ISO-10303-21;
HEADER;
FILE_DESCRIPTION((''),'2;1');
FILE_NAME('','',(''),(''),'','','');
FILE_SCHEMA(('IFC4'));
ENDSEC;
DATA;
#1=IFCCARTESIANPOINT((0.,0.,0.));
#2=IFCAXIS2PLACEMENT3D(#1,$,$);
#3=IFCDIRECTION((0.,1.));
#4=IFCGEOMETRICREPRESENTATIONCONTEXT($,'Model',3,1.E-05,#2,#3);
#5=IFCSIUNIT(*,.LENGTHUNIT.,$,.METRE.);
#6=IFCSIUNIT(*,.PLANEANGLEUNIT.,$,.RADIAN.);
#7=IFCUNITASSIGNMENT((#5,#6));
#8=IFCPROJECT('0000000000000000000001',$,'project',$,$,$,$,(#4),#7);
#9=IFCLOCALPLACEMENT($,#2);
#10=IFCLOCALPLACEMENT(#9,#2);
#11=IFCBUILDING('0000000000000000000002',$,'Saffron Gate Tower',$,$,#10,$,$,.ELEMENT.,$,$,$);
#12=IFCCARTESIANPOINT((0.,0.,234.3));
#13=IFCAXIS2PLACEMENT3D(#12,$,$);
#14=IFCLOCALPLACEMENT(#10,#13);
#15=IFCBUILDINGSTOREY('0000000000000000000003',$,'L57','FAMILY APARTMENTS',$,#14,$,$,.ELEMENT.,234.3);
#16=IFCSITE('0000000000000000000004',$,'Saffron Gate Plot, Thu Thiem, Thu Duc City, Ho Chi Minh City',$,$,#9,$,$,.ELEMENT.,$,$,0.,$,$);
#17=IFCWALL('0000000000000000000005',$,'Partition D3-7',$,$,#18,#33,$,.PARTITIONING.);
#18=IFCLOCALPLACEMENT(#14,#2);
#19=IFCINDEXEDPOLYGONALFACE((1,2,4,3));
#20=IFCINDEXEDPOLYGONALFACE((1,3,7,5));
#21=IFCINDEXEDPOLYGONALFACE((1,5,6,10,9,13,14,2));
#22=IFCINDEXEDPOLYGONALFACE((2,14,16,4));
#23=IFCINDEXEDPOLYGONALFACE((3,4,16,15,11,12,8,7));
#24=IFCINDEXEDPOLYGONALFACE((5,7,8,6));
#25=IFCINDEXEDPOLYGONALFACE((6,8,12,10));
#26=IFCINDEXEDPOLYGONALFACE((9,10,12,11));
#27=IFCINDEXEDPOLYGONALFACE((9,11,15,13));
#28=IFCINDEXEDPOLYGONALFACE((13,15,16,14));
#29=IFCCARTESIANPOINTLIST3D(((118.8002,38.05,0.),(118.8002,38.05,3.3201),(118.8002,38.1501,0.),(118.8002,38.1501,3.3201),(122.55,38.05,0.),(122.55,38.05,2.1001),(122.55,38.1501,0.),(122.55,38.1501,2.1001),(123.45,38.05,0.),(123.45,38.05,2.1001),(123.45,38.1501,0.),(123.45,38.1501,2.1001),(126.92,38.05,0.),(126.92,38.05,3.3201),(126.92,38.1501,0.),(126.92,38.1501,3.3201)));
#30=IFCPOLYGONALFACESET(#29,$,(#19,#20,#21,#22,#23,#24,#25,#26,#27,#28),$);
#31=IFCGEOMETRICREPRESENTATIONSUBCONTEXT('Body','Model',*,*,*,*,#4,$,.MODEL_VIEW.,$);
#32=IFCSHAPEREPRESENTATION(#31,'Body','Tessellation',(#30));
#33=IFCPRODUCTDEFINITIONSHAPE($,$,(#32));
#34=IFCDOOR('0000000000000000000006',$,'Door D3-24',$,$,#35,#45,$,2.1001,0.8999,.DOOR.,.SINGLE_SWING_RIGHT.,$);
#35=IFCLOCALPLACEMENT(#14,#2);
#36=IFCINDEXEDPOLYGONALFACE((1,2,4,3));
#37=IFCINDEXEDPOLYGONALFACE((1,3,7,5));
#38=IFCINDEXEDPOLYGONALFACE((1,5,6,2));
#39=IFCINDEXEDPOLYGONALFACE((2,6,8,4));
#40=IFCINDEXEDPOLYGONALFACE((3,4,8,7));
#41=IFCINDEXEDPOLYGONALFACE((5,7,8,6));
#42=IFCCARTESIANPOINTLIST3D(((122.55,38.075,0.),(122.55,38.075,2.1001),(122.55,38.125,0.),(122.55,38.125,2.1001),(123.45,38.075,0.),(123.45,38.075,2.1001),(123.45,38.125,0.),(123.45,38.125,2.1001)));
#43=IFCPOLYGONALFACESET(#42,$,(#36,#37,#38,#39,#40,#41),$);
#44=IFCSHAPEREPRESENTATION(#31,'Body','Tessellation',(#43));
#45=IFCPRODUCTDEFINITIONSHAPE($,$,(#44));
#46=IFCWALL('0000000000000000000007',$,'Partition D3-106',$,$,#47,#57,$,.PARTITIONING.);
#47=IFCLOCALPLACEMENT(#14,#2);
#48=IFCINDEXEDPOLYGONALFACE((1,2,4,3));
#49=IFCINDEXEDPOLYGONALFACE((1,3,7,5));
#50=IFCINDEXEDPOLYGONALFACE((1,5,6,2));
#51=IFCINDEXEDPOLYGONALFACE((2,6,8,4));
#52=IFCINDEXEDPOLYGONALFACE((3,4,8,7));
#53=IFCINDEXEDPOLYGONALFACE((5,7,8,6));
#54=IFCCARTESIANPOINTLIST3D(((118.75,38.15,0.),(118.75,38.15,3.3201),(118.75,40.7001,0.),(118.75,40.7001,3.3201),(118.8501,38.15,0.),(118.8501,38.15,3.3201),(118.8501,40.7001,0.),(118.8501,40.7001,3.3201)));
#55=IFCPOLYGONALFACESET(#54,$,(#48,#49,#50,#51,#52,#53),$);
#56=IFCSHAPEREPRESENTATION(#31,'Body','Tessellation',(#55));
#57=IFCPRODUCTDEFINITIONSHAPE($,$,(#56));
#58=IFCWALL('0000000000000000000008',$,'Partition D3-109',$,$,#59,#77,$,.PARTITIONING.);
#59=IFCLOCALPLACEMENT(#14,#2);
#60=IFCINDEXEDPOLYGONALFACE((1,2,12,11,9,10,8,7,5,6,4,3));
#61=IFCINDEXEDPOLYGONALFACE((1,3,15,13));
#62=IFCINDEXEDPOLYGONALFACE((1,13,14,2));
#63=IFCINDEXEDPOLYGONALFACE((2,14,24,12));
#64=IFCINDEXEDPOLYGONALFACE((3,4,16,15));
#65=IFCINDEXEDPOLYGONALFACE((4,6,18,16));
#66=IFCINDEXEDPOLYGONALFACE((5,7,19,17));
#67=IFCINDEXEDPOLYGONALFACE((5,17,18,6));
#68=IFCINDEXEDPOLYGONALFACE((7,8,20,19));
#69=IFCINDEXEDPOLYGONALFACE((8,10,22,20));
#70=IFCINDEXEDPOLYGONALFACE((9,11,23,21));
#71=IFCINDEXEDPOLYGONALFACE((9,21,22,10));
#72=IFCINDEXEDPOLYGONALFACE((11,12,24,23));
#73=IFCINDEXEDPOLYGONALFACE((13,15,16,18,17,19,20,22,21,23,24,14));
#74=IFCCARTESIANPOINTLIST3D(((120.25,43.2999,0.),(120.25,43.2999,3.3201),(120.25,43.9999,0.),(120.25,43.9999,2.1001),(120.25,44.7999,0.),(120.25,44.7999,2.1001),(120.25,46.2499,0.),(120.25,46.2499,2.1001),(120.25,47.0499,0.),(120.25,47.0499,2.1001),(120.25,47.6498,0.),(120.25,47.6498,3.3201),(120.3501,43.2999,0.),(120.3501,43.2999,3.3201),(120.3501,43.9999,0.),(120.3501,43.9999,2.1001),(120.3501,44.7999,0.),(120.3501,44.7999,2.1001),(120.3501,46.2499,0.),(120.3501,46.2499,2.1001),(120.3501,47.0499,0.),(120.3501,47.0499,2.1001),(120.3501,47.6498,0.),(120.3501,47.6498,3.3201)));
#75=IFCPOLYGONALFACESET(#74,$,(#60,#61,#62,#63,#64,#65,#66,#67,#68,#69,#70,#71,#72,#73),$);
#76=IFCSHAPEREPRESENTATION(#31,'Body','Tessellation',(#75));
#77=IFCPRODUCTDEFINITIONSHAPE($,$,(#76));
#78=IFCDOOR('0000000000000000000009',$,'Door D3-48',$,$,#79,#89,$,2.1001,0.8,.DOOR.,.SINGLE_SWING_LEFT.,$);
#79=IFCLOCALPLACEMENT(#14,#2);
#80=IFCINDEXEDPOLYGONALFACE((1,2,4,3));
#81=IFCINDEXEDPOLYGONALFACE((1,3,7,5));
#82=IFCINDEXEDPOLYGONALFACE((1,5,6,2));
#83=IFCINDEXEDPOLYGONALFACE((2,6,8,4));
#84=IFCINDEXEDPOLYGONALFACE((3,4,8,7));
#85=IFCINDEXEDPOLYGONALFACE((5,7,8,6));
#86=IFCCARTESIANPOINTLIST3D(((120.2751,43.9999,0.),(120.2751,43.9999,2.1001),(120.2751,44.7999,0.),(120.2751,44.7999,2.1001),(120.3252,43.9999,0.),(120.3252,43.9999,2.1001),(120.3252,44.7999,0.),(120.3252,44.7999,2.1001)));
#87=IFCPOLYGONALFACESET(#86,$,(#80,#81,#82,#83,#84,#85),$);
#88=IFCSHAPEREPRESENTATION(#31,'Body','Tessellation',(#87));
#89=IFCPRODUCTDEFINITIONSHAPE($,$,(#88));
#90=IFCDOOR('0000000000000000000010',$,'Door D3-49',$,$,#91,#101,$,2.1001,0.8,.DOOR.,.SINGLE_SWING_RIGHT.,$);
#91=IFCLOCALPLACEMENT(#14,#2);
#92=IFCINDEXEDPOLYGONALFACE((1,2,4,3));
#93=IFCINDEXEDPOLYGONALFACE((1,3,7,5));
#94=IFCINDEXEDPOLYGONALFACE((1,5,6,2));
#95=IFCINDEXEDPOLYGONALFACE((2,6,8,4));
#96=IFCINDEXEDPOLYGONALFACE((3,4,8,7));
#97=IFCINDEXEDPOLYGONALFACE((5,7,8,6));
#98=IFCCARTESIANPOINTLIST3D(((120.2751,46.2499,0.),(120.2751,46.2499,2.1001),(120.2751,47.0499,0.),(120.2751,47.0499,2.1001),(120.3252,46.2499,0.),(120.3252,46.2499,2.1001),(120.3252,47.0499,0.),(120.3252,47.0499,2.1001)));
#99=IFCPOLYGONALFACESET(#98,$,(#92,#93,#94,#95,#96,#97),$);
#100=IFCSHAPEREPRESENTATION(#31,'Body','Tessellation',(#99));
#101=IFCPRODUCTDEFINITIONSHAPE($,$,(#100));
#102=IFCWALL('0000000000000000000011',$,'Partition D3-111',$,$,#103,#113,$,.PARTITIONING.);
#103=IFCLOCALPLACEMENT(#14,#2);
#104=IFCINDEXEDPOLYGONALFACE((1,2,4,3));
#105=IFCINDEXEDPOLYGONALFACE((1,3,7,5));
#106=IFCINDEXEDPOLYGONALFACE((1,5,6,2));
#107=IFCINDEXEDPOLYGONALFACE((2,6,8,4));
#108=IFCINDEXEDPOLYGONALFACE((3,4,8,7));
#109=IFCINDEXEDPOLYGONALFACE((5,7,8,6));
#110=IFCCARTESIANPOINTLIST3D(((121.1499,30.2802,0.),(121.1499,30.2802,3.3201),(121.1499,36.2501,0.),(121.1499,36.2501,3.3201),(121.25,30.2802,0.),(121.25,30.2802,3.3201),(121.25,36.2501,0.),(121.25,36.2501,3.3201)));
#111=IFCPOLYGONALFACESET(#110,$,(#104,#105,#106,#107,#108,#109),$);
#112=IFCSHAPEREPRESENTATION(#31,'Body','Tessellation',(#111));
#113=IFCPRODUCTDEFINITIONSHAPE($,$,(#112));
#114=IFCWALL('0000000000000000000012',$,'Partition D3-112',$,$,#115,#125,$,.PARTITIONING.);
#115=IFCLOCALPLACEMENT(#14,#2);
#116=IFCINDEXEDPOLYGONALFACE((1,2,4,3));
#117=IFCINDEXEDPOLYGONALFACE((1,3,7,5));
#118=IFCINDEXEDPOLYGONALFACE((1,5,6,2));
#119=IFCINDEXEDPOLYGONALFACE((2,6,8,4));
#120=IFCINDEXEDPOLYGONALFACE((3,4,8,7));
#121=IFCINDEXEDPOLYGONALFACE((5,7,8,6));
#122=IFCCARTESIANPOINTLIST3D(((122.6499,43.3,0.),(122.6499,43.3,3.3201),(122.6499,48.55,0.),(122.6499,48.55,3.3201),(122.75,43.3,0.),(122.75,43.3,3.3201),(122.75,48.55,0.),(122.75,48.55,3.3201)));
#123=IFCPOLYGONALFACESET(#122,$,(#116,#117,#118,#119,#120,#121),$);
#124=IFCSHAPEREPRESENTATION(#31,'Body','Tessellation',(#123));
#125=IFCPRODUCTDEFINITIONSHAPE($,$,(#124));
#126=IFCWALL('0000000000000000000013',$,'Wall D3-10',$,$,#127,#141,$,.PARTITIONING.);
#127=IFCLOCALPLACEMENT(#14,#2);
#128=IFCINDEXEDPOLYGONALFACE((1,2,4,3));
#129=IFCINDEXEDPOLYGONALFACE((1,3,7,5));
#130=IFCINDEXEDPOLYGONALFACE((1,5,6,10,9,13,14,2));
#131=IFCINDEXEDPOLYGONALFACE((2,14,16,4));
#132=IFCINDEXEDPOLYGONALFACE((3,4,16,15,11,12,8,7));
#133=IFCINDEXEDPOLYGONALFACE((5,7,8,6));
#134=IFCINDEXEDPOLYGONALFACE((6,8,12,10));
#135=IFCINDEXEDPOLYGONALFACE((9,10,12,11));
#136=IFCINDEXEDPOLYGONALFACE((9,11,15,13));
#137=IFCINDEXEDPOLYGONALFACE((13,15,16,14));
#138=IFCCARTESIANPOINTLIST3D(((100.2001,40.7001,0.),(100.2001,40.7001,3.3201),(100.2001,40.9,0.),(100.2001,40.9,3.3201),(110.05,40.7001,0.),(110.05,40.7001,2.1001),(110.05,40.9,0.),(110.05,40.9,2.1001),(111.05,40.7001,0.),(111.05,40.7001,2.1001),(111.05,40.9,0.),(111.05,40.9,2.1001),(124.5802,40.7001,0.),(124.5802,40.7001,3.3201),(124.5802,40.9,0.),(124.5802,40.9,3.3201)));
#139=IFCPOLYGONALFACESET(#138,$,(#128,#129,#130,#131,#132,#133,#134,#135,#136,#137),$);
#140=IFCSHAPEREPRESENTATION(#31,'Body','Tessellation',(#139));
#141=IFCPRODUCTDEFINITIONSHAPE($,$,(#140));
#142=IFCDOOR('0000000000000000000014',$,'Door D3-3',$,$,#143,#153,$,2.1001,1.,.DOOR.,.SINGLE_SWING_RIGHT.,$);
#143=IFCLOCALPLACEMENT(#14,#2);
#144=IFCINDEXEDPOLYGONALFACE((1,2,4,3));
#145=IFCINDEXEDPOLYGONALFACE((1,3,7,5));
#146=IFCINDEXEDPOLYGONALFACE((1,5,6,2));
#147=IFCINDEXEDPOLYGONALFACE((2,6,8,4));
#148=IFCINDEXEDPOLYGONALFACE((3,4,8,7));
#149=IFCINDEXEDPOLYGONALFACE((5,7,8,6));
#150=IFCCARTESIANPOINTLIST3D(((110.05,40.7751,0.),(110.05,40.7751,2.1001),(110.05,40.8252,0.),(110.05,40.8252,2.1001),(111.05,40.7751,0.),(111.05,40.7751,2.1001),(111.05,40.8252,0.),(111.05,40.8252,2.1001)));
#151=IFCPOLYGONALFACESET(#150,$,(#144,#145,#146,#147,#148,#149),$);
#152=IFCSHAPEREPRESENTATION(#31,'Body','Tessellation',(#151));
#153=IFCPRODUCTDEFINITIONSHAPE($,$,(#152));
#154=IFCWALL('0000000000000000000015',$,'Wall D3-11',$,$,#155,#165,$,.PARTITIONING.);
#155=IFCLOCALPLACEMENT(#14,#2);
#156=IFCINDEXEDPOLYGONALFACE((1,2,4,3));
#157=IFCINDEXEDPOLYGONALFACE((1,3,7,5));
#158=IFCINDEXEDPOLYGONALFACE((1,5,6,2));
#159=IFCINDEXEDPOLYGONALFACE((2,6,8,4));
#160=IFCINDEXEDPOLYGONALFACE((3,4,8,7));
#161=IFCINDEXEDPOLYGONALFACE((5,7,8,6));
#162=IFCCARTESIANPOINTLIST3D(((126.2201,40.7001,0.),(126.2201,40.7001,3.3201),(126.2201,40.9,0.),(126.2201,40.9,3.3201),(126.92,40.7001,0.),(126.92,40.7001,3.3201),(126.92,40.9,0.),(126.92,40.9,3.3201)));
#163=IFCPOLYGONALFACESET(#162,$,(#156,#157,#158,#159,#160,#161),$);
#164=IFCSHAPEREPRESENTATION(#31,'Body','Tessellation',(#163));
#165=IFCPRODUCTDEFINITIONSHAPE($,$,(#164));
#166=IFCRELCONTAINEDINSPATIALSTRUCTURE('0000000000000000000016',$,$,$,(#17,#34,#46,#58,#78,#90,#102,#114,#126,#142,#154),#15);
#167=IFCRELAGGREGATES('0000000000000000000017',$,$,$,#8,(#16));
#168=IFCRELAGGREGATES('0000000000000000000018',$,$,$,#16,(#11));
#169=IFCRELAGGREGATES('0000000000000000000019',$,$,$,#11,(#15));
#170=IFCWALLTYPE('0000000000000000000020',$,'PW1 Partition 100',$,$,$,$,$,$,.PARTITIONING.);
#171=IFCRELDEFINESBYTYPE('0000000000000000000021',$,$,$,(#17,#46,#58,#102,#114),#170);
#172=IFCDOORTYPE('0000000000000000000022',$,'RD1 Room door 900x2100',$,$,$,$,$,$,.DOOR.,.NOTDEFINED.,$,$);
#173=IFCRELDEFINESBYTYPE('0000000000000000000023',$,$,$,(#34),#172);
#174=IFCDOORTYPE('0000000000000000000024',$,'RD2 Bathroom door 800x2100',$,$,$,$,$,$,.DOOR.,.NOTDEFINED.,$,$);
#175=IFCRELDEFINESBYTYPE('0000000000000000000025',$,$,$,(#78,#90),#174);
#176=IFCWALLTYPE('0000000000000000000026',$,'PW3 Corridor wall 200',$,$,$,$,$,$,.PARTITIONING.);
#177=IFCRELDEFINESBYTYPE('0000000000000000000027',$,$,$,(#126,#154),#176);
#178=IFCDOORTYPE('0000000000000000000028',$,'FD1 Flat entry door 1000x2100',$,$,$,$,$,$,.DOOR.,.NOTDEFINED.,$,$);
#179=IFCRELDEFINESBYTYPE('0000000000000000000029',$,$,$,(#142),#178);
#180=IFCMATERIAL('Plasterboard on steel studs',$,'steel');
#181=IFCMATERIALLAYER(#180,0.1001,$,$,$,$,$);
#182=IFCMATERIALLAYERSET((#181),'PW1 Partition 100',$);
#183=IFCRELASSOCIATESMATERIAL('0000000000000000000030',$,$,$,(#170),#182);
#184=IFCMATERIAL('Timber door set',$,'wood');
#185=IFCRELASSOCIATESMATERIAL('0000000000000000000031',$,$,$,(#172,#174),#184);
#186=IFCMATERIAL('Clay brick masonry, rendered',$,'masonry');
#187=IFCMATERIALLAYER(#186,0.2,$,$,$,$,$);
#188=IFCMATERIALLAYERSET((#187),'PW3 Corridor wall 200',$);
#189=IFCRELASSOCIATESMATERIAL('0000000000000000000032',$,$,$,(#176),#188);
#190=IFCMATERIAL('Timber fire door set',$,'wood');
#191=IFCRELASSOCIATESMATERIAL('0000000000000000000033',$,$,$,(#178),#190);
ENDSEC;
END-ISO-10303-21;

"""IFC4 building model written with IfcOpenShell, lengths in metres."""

from ifc_helpers import new_model, si_unit, direction, frame, frame_2d, origin, place, context, subcontext, project, spatial, rectangle, extrude, material, layer, layer_set, type_object, element, fill, save


model = new_model("IFC4")

# Units and contexts
model_context = context("Model", 3, precision=1e-05, world=origin(), true_north=direction((0.0, 1.0)))
body_context = subcontext(model_context, "Body", "Model", "MODEL_VIEW")
ifc_project = project(units=[si_unit("LENGTHUNIT", "METRE"), si_unit("PLANEANGLEUNIT", "RADIAN")], contexts=[model_context])

# Site, building, storey
site_placement = place(None, origin())
site = spatial("IfcSite", under=ifc_project, at=site_placement, Name="Saffron Gate Plot, Thu Thiem, Thu Duc City, Ho Chi Minh City", CompositionType="ELEMENT", RefElevation=0.0)
building_placement = place(site_placement, origin())
building = spatial("IfcBuilding", under=site, at=building_placement, Name="Saffron Gate Tower", CompositionType="ELEMENT")
storey_placement = place(building_placement, frame((0.0, 0.0, 234.3)))
storey = spatial("IfcBuildingStorey", under=building, at=storey_placement, Name="L57", Description="FAMILY APARTMENTS", CompositionType="ELEMENT", Elevation=234.3)

# Shared definitions
ifc_material_1 = material(Name="Plasterboard on steel studs", Category="steel")
ifc_layer_1 = layer(ifc_material_1, 0.1001)
ifc_layer_set_1 = layer_set([ifc_layer_1], Name="PW1 Partition 100")
wall_type_1 = type_object("IfcWallType", Name="PW1 Partition 100", PredefinedType="PARTITIONING", material=ifc_layer_set_1)
ifc_material_2 = material(Name="Timber door set", Category="wood")
door_type_1 = type_object("IfcDoorType", Name="RD1 Room door 900x2100", OperationType="NOTDEFINED", PredefinedType="DOOR", material=ifc_material_2)

# Wall, opening, door
wall_1_placement = place(storey_placement, frame((118.8, 38.1001, 0.0), z_axis=(0.0, 0.0, 1.0), x_axis=(1.0, 0.0, 0.0)))
wall_1 = element("IfcWall", 1, at=wall_1_placement, inside=storey, type_object=wall_type_1, Name="Partition D3-7", PredefinedType="PARTITIONING", context=body_context, shape_type="SweptSolid", body=[
    extrude(rectangle(XDim=8.1199, YDim=0.1001, at=frame_2d((4.0601, 0.0))), origin(), (0.0, 0.0, 1.0), 3.3201),
])
opening_1_placement = place(wall_1_placement, frame((3.75, 0.0, 0.0)))
opening_1 = element("IfcOpeningElement", 2, at=opening_1_placement, cuts=wall_1, PredefinedType="OPENING", context=body_context, shape_type="SweptSolid", body=[
    extrude(rectangle(XDim=0.8999, YDim=2.1001, at=frame_2d((0.45, 1.05))), frame((0.0, 0.0601, 0.0), z_axis=(0.0, -1.0, 0.0), x_axis=(1.0, 0.0, 0.0)), (0.0, 0.0, 1.0), 0.1201),
])
door_1_placement = place(opening_1_placement, origin())
door_1 = element("IfcDoor", 3, at=door_1_placement, inside=storey, type_object=door_type_1, Name="Door D3-24", OperationType="SINGLE_SWING_RIGHT", OverallHeight=2.1001, OverallWidth=0.8999, PredefinedType="DOOR", context=body_context, shape_type="SweptSolid", body=[
    extrude(rectangle(XDim=0.8999, YDim=2.1001, at=frame_2d((0.45, 1.05))), frame((0.0, 0.0249, 0.0), z_axis=(0.0, -1.0, 0.0), x_axis=(1.0, 0.0, 0.0)), (0.0, 0.0, 1.0), 0.05),
])
fill(opening_1, door_1)

# Wall
wall_2_placement = place(storey_placement, frame((118.8, 40.7, 0.0), z_axis=(0.0, 0.0, 1.0), x_axis=(0.0, -1.0, 0.0)))
element("IfcWall", 4, at=wall_2_placement, inside=storey, type_object=wall_type_1, Name="Partition D3-106", PredefinedType="PARTITIONING", context=body_context, shape_type="SweptSolid", body=[
    extrude(rectangle(XDim=2.55, YDim=0.1001, at=frame_2d((1.2749, 0.0))), origin(), (0.0, 0.0, 1.0), 3.3201),
])

# Wall, openings, doors
wall_3_placement = place(storey_placement, frame((120.3, 43.3, 0.0), z_axis=(0.0, 0.0, 1.0), x_axis=(0.0, 1.0, 0.0)))
wall_3 = element("IfcWall", 5, at=wall_3_placement, inside=storey, type_object=wall_type_1, Name="Partition D3-109", PredefinedType="PARTITIONING", context=body_context, shape_type="SweptSolid", body=[
    extrude(rectangle(XDim=4.3499, YDim=0.1001, at=frame_2d((2.1748, 0.0))), origin(), (0.0, 0.0, 1.0), 3.3201),
])
opening_2_placement = place(wall_3_placement, frame((0.7, 0.0, 0.0)))
opening_2 = element("IfcOpeningElement", 6, at=opening_2_placement, cuts=wall_3, PredefinedType="OPENING", context=body_context, shape_type="SweptSolid", body=[
    extrude(rectangle(XDim=0.8, YDim=2.1001, at=frame_2d((0.3999, 1.05))), frame((0.0, 0.0601, 0.0), z_axis=(0.0, -1.0, 0.0), x_axis=(1.0, 0.0, 0.0)), (0.0, 0.0, 1.0), 0.1201),
])
opening_3_placement = place(wall_3_placement, frame((2.95, 0.0, 0.0)))
opening_3 = element("IfcOpeningElement", 7, at=opening_3_placement, cuts=wall_3, PredefinedType="OPENING", context=body_context, shape_type="SweptSolid", body=[
    extrude(rectangle(XDim=0.8, YDim=2.1001, at=frame_2d((0.3999, 1.05))), frame((0.0, 0.0601, 0.0), z_axis=(0.0, -1.0, 0.0), x_axis=(1.0, 0.0, 0.0)), (0.0, 0.0, 1.0), 0.1201),
])
door_type_2 = type_object("IfcDoorType", Name="RD2 Bathroom door 800x2100", OperationType="NOTDEFINED", PredefinedType="DOOR", material=ifc_material_2)
door_2_placement = place(opening_2_placement, origin())
door_2 = element("IfcDoor", 8, at=door_2_placement, inside=storey, type_object=door_type_2, Name="Door D3-48", OperationType="SINGLE_SWING_LEFT", OverallHeight=2.1001, OverallWidth=0.8, PredefinedType="DOOR", context=body_context, shape_type="SweptSolid", body=[
    extrude(rectangle(XDim=0.8, YDim=2.1001, at=frame_2d((0.3999, 1.05))), frame((0.0, 0.0249, 0.0), z_axis=(0.0, -1.0, 0.0), x_axis=(1.0, 0.0, 0.0)), (0.0, 0.0, 1.0), 0.05),
])
fill(opening_2, door_2)
door_3_placement = place(opening_3_placement, origin())
door_3 = element("IfcDoor", 9, at=door_3_placement, inside=storey, type_object=door_type_2, Name="Door D3-49", OperationType="SINGLE_SWING_RIGHT", OverallHeight=2.1001, OverallWidth=0.8, PredefinedType="DOOR", context=body_context, shape_type="SweptSolid", body=[
    extrude(rectangle(XDim=0.8, YDim=2.1001, at=frame_2d((0.3999, 1.05))), frame((0.0, 0.0249, 0.0), z_axis=(0.0, -1.0, 0.0), x_axis=(1.0, 0.0, 0.0)), (0.0, 0.0, 1.0), 0.05),
])
fill(opening_3, door_3)

# Walls
wall_4_placement = place(storey_placement, frame((121.2, 36.25, 0.0), z_axis=(0.0, 0.0, 1.0), x_axis=(0.0, -1.0, 0.0)))
element("IfcWall", 10, at=wall_4_placement, inside=storey, type_object=wall_type_1, Name="Partition D3-111", PredefinedType="PARTITIONING", context=body_context, shape_type="SweptSolid", body=[
    extrude(rectangle(XDim=5.97, YDim=0.1001, at=frame_2d((2.9849, 0.0))), origin(), (0.0, 0.0, 1.0), 3.3201),
])
wall_5_placement = place(storey_placement, frame((122.7, 48.55, 0.0), z_axis=(0.0, 0.0, 1.0), x_axis=(0.0, -1.0, 0.0)))
element("IfcWall", 11, at=wall_5_placement, inside=storey, type_object=wall_type_1, Name="Partition D3-112", PredefinedType="PARTITIONING", context=body_context, shape_type="SweptSolid", body=[
    extrude(rectangle(XDim=5.25, YDim=0.1001, at=frame_2d((2.625, 0.0))), origin(), (0.0, 0.0, 1.0), 3.3201),
])

# Wall, opening, door
ifc_material_3 = material(Name="Clay brick masonry, rendered", Category="masonry")
ifc_layer_2 = layer(ifc_material_3, 0.2)
ifc_layer_set_2 = layer_set([ifc_layer_2], Name="PW3 Corridor wall 200")
wall_type_2 = type_object("IfcWallType", Name="PW3 Corridor wall 200", PredefinedType="PARTITIONING", material=ifc_layer_set_2)
wall_6_placement = place(storey_placement, frame((124.5801, 40.8, 0.0), z_axis=(0.0, 0.0, 1.0), x_axis=(-1.0, 0.0, 0.0)))
wall_6 = element("IfcWall", 12, at=wall_6_placement, inside=storey, type_object=wall_type_2, Name="Wall D3-10", PredefinedType="PARTITIONING", context=body_context, shape_type="SweptSolid", body=[
    extrude(rectangle(XDim=24.3801, YDim=0.2, at=frame_2d((12.1899, 0.0))), origin(), (0.0, 0.0, 1.0), 3.3201),
])
opening_4_placement = place(wall_6_placement, frame((13.53, 0.0, 0.0)))
opening_4 = element("IfcOpeningElement", 13, at=opening_4_placement, cuts=wall_6, PredefinedType="OPENING", context=body_context, shape_type="SweptSolid", body=[
    extrude(rectangle(XDim=1.0, YDim=2.1001, at=frame_2d((0.5, 1.05))), frame((0.0, 0.1099, 0.0), z_axis=(0.0, -1.0, 0.0), x_axis=(1.0, 0.0, 0.0)), (0.0, 0.0, 1.0), 0.22),
])
ifc_material_4 = material(Name="Timber fire door set", Category="wood")
door_type_3 = type_object("IfcDoorType", Name="FD1 Flat entry door 1000x2100", OperationType="NOTDEFINED", PredefinedType="DOOR", material=ifc_material_4)
door_4_placement = place(opening_4_placement, origin())
door_4 = element("IfcDoor", 14, at=door_4_placement, inside=storey, type_object=door_type_3, Name="Door D3-3", OperationType="SINGLE_SWING_RIGHT", OverallHeight=2.1001, OverallWidth=1.0, PredefinedType="DOOR", context=body_context, shape_type="SweptSolid", body=[
    extrude(rectangle(XDim=1.0, YDim=2.1001, at=frame_2d((0.5, 1.05))), frame((0.0, 0.0249, 0.0), z_axis=(0.0, -1.0, 0.0), x_axis=(1.0, 0.0, 0.0)), (0.0, 0.0, 1.0), 0.05),
])
fill(opening_4, door_4)

# Wall
wall_7_placement = place(storey_placement, frame((126.22, 40.8, 0.0), z_axis=(0.0, 0.0, 1.0), x_axis=(1.0, 0.0, 0.0)))
element("IfcWall", 15, at=wall_7_placement, inside=storey, type_object=wall_type_2, Name="Wall D3-11", PredefinedType="PARTITIONING", context=body_context, shape_type="SweptSolid", body=[
    extrude(rectangle(XDim=0.7, YDim=0.2, at=frame_2d((0.3501, 0.0))), origin(), (0.0, 0.0, 1.0), 3.3201),
])

save(model, "model.ifc")
